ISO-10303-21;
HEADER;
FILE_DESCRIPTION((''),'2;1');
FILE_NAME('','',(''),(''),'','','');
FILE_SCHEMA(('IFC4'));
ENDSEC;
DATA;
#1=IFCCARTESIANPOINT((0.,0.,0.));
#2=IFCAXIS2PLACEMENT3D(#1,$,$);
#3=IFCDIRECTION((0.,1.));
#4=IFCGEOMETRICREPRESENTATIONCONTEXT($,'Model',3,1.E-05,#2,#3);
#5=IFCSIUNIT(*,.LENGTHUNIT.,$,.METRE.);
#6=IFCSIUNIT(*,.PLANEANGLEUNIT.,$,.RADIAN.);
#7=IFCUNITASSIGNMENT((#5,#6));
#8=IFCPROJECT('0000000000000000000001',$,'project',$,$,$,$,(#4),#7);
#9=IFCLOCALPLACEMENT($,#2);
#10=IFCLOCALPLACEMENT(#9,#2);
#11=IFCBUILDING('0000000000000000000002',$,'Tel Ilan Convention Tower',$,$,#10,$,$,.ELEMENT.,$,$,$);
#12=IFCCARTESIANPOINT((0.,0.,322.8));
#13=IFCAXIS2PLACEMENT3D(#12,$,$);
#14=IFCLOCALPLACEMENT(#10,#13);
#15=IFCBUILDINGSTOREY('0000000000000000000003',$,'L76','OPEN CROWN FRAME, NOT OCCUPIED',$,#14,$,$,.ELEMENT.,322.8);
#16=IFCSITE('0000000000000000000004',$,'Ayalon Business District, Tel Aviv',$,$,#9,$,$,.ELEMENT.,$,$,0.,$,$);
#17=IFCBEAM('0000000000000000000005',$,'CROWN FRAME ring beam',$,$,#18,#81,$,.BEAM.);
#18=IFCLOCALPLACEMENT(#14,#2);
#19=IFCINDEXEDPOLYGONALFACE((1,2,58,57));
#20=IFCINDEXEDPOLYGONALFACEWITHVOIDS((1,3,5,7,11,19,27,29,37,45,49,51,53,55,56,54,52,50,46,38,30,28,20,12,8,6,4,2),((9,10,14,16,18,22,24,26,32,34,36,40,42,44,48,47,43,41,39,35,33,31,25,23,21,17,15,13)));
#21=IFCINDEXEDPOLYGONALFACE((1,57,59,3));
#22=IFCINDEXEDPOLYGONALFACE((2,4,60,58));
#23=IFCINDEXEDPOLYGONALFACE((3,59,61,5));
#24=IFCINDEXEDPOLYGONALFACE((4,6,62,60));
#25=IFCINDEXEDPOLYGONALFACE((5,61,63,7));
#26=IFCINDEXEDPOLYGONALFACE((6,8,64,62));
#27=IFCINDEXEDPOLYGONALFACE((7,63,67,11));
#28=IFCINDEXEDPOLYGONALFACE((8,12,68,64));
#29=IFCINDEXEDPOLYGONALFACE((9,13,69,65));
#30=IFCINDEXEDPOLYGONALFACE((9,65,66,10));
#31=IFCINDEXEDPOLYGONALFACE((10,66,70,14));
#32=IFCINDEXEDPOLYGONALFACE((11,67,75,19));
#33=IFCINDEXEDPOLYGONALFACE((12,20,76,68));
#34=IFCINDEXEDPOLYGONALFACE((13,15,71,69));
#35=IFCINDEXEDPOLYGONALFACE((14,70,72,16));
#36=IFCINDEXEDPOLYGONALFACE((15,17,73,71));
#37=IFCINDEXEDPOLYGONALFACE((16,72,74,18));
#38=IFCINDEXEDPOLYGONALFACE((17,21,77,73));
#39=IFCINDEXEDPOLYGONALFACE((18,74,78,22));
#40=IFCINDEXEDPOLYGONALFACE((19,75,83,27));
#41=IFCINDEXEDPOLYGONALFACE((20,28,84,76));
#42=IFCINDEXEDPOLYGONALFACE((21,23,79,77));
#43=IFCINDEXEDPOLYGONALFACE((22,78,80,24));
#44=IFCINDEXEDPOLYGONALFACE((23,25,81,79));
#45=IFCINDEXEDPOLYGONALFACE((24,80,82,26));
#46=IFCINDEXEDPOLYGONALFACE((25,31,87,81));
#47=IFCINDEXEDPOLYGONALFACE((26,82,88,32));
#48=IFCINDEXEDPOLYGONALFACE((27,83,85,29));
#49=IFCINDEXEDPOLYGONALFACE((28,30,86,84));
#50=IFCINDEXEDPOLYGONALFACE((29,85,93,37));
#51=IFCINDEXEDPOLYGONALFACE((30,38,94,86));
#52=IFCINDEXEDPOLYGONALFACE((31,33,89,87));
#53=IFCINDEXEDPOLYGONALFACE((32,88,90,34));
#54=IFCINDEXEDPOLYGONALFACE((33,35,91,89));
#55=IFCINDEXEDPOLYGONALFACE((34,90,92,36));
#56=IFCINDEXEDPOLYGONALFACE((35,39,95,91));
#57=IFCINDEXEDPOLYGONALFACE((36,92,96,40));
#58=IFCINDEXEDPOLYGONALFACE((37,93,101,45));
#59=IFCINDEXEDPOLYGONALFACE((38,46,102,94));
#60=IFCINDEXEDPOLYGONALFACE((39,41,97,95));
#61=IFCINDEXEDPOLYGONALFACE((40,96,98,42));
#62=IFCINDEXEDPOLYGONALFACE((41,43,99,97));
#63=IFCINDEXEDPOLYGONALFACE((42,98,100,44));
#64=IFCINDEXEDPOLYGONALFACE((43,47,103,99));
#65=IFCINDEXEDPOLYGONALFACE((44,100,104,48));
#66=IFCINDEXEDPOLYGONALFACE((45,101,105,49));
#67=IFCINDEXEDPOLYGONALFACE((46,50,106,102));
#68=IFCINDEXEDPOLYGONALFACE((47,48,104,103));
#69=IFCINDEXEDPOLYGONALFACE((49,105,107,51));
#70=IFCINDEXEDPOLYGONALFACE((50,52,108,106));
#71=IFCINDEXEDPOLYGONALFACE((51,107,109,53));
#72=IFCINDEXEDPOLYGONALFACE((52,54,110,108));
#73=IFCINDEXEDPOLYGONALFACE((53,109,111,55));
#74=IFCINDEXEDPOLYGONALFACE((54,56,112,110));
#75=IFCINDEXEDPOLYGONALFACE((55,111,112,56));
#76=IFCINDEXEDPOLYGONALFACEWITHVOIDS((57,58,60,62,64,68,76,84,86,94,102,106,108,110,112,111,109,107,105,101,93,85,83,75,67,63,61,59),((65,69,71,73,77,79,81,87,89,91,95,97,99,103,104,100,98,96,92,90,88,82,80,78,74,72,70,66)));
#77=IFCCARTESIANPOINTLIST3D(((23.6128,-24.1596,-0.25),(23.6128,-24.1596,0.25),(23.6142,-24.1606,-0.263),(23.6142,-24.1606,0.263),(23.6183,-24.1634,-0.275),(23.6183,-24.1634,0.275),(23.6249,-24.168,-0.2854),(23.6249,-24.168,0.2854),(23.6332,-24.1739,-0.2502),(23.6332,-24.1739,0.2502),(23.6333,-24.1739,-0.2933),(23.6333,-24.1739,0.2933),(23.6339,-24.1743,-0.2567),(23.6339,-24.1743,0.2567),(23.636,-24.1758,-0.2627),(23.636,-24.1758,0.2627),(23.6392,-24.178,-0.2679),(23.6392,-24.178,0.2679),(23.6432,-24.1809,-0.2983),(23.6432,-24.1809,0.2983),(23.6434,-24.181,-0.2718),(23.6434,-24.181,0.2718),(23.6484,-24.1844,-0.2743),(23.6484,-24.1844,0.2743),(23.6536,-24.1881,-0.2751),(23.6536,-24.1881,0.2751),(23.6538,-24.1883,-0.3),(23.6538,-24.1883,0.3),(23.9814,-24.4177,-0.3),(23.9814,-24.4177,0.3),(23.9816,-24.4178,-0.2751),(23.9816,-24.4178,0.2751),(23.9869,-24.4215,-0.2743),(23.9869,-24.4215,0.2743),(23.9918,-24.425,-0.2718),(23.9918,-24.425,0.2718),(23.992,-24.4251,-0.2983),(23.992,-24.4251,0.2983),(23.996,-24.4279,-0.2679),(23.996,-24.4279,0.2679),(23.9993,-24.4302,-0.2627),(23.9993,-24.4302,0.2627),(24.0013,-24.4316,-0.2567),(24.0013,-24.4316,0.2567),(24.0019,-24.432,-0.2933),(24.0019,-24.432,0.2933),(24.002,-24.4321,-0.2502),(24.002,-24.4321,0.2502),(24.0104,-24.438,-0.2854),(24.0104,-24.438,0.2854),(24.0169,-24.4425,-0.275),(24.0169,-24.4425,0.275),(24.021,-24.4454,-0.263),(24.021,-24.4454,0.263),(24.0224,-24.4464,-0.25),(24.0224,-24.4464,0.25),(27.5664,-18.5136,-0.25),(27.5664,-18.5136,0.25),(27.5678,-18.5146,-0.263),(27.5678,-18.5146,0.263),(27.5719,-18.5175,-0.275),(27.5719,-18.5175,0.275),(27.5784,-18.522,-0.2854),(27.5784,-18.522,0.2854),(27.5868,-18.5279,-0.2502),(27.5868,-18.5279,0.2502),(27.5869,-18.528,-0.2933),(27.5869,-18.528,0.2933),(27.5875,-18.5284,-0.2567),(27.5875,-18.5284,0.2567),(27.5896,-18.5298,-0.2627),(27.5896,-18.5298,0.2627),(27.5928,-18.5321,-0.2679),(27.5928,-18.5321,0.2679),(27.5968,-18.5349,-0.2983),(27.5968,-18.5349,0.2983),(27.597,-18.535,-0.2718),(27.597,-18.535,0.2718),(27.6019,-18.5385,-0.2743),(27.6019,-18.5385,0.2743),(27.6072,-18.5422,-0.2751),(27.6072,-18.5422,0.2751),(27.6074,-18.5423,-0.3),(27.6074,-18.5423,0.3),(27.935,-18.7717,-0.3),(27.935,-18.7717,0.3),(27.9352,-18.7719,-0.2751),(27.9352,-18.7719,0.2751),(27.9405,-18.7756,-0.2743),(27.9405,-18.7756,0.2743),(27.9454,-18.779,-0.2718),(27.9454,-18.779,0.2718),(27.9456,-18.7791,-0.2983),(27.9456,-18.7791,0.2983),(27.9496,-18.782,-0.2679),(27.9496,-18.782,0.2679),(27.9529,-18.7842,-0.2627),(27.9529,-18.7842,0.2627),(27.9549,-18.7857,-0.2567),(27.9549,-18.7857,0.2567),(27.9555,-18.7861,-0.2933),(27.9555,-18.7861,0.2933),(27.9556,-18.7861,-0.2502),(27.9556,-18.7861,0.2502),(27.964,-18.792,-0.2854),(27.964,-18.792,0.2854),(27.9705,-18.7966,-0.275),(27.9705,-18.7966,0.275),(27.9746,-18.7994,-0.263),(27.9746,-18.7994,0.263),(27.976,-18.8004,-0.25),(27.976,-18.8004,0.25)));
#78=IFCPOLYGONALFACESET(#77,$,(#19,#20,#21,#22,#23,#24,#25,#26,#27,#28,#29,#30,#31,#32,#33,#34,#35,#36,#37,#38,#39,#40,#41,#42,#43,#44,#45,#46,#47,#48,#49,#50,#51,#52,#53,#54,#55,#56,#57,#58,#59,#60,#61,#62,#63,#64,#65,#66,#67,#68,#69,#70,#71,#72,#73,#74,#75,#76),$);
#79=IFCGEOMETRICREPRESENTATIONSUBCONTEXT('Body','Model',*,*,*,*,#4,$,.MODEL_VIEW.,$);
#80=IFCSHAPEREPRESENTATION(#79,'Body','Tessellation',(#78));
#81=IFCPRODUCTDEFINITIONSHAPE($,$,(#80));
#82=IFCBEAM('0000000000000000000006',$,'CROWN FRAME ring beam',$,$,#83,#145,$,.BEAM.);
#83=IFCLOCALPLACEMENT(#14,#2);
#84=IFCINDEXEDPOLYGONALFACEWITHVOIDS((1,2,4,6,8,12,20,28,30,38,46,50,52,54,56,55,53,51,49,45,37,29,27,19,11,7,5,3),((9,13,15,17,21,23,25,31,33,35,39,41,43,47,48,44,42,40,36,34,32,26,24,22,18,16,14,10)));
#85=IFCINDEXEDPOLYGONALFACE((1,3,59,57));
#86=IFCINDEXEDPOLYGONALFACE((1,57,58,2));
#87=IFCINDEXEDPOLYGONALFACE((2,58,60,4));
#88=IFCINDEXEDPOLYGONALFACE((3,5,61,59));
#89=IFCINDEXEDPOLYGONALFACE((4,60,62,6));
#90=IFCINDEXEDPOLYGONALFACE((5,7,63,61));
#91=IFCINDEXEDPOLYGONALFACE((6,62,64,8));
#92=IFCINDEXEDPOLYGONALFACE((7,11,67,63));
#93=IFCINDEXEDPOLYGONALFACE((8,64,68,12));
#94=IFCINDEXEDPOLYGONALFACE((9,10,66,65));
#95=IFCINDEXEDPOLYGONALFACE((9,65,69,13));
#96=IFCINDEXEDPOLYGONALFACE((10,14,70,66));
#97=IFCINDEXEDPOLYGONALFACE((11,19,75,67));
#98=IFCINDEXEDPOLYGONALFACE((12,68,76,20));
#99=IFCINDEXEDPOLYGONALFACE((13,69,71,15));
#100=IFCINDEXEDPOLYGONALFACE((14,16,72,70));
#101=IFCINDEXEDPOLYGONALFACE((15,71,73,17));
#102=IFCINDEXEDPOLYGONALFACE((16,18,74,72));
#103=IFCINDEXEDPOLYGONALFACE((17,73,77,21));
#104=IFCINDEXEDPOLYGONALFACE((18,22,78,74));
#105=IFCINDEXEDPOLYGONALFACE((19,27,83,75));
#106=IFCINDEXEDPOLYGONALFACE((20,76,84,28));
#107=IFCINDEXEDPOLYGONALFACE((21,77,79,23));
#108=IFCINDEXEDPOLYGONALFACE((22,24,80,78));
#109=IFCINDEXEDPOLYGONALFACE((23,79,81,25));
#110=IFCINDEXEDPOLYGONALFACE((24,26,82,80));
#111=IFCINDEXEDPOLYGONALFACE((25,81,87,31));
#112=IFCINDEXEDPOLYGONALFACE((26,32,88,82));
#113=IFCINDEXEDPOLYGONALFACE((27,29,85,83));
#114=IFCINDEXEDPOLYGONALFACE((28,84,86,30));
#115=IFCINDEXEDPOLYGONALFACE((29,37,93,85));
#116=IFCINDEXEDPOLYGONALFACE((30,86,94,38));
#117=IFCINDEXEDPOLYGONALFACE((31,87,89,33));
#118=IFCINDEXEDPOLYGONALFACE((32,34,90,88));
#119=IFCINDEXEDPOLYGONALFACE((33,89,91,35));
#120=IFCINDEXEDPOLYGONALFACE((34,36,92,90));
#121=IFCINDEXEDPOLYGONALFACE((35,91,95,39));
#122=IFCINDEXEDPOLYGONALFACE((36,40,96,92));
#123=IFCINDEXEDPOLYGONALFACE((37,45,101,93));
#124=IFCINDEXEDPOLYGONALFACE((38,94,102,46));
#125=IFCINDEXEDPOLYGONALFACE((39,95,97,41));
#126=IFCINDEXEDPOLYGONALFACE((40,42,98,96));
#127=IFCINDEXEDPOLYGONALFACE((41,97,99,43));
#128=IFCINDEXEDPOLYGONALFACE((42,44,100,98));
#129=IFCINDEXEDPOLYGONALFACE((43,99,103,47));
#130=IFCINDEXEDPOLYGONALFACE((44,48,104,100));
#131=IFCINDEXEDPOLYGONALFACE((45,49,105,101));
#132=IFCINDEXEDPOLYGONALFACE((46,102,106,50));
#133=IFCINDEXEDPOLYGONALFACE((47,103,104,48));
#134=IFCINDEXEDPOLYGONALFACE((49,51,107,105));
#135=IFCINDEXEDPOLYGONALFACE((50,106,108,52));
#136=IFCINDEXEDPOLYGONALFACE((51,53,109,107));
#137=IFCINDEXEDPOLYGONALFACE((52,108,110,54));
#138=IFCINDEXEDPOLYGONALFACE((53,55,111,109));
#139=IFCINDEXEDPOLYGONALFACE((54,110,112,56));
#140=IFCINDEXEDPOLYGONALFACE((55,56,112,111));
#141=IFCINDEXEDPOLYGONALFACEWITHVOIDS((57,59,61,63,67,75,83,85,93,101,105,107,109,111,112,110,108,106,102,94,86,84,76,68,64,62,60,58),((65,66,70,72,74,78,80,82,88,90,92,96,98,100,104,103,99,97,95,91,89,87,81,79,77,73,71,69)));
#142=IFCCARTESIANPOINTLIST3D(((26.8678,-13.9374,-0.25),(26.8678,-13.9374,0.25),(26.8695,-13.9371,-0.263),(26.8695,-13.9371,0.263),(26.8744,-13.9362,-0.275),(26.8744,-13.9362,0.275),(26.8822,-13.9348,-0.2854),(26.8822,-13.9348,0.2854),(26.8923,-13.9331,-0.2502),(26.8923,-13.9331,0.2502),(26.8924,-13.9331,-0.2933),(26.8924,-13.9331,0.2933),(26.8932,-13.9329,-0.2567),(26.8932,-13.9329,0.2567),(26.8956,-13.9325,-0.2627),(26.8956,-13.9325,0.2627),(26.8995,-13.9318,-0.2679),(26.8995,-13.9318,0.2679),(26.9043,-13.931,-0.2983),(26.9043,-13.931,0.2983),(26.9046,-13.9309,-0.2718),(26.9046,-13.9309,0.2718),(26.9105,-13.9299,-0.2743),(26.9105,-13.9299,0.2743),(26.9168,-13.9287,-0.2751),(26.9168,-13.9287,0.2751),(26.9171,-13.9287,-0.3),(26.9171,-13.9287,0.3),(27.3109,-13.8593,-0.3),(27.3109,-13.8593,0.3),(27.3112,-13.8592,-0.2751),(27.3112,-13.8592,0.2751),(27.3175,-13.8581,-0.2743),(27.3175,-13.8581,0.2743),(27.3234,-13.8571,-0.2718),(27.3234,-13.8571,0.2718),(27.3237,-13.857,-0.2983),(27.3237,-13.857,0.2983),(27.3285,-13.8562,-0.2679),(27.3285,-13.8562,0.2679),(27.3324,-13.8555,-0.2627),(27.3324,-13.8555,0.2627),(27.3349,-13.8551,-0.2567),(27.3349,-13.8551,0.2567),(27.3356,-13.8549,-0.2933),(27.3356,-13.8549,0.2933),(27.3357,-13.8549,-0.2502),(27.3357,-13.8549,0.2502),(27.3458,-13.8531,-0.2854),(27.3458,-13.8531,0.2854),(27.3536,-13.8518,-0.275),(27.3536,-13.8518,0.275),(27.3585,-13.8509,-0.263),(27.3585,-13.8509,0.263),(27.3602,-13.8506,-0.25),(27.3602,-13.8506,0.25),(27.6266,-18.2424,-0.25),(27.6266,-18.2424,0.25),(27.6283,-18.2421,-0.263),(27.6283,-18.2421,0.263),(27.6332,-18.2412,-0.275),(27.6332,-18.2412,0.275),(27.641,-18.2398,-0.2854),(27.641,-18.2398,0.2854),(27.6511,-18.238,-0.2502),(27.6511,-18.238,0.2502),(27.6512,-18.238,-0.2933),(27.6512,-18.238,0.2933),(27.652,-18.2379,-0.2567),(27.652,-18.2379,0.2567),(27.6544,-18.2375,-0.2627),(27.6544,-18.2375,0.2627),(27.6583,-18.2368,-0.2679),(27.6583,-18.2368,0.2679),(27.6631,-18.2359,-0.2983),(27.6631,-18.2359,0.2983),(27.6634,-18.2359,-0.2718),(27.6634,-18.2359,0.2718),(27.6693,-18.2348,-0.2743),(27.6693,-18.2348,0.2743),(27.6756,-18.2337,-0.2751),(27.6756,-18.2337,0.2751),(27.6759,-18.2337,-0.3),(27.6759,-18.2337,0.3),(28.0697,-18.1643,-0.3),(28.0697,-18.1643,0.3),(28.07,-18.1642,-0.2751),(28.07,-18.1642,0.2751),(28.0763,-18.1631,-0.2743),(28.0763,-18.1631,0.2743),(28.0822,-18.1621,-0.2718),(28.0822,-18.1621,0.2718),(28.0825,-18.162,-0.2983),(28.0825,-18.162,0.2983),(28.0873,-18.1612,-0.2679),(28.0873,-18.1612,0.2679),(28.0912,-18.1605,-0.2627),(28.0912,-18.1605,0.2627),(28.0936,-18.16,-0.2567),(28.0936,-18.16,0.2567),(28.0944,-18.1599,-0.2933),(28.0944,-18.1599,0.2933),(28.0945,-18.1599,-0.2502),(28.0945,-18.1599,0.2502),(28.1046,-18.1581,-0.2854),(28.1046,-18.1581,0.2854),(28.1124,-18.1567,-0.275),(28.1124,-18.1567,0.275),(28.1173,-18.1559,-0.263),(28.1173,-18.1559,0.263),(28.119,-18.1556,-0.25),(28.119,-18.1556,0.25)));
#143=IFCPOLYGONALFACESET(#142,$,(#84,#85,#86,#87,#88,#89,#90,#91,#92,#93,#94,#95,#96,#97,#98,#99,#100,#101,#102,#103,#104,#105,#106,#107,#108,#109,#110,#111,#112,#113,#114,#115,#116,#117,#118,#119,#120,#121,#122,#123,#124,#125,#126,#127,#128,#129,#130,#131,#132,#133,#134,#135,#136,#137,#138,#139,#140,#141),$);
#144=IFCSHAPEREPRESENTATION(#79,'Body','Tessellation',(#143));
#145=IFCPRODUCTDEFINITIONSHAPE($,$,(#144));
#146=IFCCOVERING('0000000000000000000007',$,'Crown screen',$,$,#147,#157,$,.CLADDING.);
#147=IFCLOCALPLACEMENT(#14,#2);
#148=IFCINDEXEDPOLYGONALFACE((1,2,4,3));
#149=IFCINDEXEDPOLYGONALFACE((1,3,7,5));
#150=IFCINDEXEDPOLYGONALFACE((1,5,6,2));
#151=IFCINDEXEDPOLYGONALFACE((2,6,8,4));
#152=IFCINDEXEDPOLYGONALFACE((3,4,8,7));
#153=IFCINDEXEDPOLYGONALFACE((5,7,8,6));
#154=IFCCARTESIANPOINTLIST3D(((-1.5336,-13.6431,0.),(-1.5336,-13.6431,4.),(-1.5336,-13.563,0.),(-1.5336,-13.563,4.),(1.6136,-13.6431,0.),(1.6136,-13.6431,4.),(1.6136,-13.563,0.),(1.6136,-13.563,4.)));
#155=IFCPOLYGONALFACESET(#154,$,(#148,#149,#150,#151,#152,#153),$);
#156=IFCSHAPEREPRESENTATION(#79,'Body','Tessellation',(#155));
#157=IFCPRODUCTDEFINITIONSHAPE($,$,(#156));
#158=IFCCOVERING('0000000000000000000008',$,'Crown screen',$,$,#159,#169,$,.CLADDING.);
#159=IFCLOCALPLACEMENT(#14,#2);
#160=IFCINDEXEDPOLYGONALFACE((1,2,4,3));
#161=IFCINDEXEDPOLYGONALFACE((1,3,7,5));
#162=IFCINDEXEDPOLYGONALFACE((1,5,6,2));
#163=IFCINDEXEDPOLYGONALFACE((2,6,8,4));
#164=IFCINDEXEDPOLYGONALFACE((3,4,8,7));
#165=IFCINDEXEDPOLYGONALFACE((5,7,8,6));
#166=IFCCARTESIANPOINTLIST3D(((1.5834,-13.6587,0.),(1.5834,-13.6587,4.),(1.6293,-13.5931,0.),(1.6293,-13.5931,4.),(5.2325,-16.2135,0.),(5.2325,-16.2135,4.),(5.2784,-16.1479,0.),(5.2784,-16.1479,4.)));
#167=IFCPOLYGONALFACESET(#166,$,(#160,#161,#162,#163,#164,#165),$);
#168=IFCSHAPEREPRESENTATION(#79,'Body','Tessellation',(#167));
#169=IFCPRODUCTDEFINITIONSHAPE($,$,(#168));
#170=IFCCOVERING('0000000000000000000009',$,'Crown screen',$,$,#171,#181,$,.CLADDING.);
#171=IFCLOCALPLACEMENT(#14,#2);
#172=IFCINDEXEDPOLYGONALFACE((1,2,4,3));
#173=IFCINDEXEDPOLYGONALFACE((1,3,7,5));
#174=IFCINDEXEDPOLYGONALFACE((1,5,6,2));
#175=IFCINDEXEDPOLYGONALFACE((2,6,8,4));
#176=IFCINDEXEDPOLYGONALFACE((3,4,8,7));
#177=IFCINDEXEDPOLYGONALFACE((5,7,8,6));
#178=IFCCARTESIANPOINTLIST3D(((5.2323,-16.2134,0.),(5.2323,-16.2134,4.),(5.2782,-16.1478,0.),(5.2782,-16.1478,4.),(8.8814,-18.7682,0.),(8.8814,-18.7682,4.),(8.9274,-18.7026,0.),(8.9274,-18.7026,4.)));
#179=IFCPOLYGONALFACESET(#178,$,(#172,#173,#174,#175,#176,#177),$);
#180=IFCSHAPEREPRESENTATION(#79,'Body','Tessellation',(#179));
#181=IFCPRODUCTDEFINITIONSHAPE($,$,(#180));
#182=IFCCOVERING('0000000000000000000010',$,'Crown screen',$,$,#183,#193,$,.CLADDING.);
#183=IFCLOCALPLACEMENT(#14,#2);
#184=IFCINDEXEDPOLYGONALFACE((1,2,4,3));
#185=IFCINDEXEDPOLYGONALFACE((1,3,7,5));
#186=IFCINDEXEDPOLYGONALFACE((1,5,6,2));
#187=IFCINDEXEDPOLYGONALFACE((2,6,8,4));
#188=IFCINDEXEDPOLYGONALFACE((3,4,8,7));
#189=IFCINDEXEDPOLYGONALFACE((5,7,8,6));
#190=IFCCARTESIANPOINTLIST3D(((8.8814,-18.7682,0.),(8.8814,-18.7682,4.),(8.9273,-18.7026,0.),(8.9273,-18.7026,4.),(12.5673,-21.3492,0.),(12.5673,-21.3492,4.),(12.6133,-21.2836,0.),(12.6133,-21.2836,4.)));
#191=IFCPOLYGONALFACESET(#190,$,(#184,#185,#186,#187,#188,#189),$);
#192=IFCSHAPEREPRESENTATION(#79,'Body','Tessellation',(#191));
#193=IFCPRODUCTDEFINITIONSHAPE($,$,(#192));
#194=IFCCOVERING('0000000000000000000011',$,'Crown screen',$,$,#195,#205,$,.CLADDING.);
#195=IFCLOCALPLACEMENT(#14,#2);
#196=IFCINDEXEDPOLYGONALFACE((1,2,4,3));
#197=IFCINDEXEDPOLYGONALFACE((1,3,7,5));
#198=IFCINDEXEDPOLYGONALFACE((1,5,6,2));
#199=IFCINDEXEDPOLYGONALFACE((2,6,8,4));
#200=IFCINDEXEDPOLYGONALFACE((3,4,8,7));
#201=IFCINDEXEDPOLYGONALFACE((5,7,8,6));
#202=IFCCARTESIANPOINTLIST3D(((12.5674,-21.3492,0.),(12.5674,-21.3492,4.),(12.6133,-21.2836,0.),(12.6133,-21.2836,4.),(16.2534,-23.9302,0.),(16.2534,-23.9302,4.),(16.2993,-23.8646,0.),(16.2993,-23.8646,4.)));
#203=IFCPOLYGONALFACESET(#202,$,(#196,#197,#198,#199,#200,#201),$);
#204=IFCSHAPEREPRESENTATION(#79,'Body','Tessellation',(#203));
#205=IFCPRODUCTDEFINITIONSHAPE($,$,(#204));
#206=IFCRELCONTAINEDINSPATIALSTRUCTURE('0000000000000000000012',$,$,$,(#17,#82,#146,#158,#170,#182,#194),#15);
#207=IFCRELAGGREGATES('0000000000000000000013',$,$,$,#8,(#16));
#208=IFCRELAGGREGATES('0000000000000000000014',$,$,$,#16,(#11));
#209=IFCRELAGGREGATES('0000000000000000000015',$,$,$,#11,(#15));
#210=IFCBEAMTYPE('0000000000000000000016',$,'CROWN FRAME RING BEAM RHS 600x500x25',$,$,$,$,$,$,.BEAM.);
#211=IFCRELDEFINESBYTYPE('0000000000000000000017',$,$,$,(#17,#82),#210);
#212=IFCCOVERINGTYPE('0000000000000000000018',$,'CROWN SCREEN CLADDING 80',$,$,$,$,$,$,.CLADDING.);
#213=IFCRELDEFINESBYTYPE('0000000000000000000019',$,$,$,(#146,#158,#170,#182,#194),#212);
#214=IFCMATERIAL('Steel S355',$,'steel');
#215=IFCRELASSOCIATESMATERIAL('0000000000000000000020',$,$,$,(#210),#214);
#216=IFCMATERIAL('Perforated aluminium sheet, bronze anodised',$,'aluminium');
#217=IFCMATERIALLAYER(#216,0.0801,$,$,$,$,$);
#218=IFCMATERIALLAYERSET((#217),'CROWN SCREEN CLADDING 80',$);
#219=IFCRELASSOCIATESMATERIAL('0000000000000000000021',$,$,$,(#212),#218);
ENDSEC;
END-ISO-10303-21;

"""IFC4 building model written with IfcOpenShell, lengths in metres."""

from ifc_helpers import new_model, si_unit, direction, frame, origin, origin_2d, place, context, subcontext, project, spatial, rectangle, hollow_rectangle, extrude, material, layer, layer_set, material_profile, profile_set, type_object, element, save


model = new_model("IFC4")

# Units and contexts
model_context = context("Model", 3, precision=1e-05, world=origin(), true_north=direction((0.0, 1.0)))
body_context = subcontext(model_context, "Body", "Model", "MODEL_VIEW")
ifc_project = project(units=[si_unit("LENGTHUNIT", "METRE"), si_unit("PLANEANGLEUNIT", "RADIAN")], contexts=[model_context])

# Site, building, storey
site_placement = place(None, origin())
site = spatial("IfcSite", under=ifc_project, at=site_placement, Name="Ayalon Business District, Tel Aviv", CompositionType="ELEMENT", RefElevation=0.0)
building_placement = place(site_placement, origin())
building = spatial("IfcBuilding", under=site, at=building_placement, Name="Tel Ilan Convention Tower", CompositionType="ELEMENT")
storey_placement = place(building_placement, frame((0.0, 0.0, 322.8)))
storey = spatial("IfcBuildingStorey", under=building, at=storey_placement, Name="L76", Description="OPEN CROWN FRAME, NOT OCCUPIED", CompositionType="ELEMENT", Elevation=322.8)

# Beams
ifc_material_1 = material(Name="Steel S355", Category="steel")
ifc_material_profile_1 = material_profile(ifc_material_1, hollow_rectangle(XDim=0.5, YDim=0.6001, WallThickness=0.0249, InnerFilletRadius=0.0249, OuterFilletRadius=0.05, at=origin_2d()), Name="RHS 600x500x25")
ifc_profile_set_1 = profile_set([ifc_material_profile_1], Name="Steel S355")
beam_type = type_object("IfcBeamType", Name="CROWN FRAME RING BEAM RHS 600x500x25", PredefinedType="BEAM", material=ifc_profile_set_1)
beam_1_placement = place(storey_placement, frame((23.8176, -24.303, 0.0), z_axis=(0.5736, 0.819135, 0.0), x_axis=(-0.819135, 0.5736, 0.0)))
element("IfcBeam", 1, at=beam_1_placement, inside=storey, type_object=beam_type, Name="CROWN FRAME ring beam", PredefinedType="BEAM", context=body_context, shape_type="SweptSolid", body=[
    extrude(hollow_rectangle(XDim=0.5, YDim=0.6001, WallThickness=0.0249, InnerFilletRadius=0.0249, OuterFilletRadius=0.05, at=origin_2d()), origin(), (0.0, 0.0, 1.0), 6.8926),
])
beam_2_placement = place(storey_placement, frame((27.8728, -18.199, 0.0), z_axis=(-0.173585, 0.984819, 0.0), x_axis=(-0.984819, -0.173585, 0.0)))
element("IfcBeam", 2, at=beam_2_placement, inside=storey, type_object=beam_type, Name="CROWN FRAME ring beam", PredefinedType="BEAM", context=body_context, shape_type="SweptSolid", body=[
    extrude(hollow_rectangle(XDim=0.5, YDim=0.6001, WallThickness=0.0249, InnerFilletRadius=0.0249, OuterFilletRadius=0.05, at=origin_2d()), origin(), (0.0, 0.0, 1.0), 4.3713),
])

# Coverings
ifc_material_2 = material(Name="Perforated aluminium sheet, bronze anodised", Category="aluminium")
ifc_layer = layer(ifc_material_2, 0.0801)
ifc_layer_set = layer_set([ifc_layer], Name="CROWN SCREEN CLADDING 80")
covering_type = type_object("IfcCoveringType", Name="CROWN SCREEN CLADDING 80", PredefinedType="CLADDING", material=ifc_layer_set)
covering_1_placement = place(storey_placement, frame((0.04, -13.603, 0.0), z_axis=(0.0, 0.0, 1.0), x_axis=(1.0, 0.0, 0.0)))
element("IfcCovering", 3, at=covering_1_placement, inside=storey, type_object=covering_type, Name="Crown screen", PredefinedType="CLADDING", context=body_context, shape_type="SweptSolid", body=[
    extrude(rectangle(XDim=3.1472, YDim=0.0801, at=origin_2d()), origin(), (0.0, 0.0, 1.0), 4.0),
])
for number, where, z_axis, x_axis, name in (
    (4, (3.4309, -14.9033, 0.0), (0.0, 0.0, 1.0), (0.819185, -0.573529, 0.0), "Crown screen"),
    (5, (7.0798, -17.458, 0.0), (0.0, 0.0, 1.0), (0.819185, -0.573529, 0.0), "Crown screen"),
):
    element("IfcCovering", number, at=place(storey_placement, frame(where, z_axis=z_axis, x_axis=x_axis)), inside=storey, type_object=covering_type, Name=name, PredefinedType="CLADDING", context=body_context, shape_type="SweptSolid", body=[
        extrude(rectangle(XDim=4.4546, YDim=0.0801, at=origin_2d()), origin(), (0.0, 0.0, 1.0), 4.0),
    ])
for number, where, z_axis, x_axis, name in (
    (6, (10.7473, -20.0259, 0.0), (0.0, 0.0, 1.0), (0.819148, -0.573582, 0.0), "Crown screen"),
    (7, (14.4333, -22.6069, 0.0), (0.0, 0.0, 1.0), (0.819148, -0.573582, 0.0), "Crown screen"),
):
    element("IfcCovering", number, at=place(storey_placement, frame(where, z_axis=z_axis, x_axis=x_axis)), inside=storey, type_object=covering_type, Name=name, PredefinedType="CLADDING", context=body_context, shape_type="SweptSolid", body=[
        extrude(rectangle(XDim=4.4998, YDim=0.0801, at=origin_2d()), origin(), (0.0, 0.0, 1.0), 4.0),
    ])

save(model, "model.ifc")
